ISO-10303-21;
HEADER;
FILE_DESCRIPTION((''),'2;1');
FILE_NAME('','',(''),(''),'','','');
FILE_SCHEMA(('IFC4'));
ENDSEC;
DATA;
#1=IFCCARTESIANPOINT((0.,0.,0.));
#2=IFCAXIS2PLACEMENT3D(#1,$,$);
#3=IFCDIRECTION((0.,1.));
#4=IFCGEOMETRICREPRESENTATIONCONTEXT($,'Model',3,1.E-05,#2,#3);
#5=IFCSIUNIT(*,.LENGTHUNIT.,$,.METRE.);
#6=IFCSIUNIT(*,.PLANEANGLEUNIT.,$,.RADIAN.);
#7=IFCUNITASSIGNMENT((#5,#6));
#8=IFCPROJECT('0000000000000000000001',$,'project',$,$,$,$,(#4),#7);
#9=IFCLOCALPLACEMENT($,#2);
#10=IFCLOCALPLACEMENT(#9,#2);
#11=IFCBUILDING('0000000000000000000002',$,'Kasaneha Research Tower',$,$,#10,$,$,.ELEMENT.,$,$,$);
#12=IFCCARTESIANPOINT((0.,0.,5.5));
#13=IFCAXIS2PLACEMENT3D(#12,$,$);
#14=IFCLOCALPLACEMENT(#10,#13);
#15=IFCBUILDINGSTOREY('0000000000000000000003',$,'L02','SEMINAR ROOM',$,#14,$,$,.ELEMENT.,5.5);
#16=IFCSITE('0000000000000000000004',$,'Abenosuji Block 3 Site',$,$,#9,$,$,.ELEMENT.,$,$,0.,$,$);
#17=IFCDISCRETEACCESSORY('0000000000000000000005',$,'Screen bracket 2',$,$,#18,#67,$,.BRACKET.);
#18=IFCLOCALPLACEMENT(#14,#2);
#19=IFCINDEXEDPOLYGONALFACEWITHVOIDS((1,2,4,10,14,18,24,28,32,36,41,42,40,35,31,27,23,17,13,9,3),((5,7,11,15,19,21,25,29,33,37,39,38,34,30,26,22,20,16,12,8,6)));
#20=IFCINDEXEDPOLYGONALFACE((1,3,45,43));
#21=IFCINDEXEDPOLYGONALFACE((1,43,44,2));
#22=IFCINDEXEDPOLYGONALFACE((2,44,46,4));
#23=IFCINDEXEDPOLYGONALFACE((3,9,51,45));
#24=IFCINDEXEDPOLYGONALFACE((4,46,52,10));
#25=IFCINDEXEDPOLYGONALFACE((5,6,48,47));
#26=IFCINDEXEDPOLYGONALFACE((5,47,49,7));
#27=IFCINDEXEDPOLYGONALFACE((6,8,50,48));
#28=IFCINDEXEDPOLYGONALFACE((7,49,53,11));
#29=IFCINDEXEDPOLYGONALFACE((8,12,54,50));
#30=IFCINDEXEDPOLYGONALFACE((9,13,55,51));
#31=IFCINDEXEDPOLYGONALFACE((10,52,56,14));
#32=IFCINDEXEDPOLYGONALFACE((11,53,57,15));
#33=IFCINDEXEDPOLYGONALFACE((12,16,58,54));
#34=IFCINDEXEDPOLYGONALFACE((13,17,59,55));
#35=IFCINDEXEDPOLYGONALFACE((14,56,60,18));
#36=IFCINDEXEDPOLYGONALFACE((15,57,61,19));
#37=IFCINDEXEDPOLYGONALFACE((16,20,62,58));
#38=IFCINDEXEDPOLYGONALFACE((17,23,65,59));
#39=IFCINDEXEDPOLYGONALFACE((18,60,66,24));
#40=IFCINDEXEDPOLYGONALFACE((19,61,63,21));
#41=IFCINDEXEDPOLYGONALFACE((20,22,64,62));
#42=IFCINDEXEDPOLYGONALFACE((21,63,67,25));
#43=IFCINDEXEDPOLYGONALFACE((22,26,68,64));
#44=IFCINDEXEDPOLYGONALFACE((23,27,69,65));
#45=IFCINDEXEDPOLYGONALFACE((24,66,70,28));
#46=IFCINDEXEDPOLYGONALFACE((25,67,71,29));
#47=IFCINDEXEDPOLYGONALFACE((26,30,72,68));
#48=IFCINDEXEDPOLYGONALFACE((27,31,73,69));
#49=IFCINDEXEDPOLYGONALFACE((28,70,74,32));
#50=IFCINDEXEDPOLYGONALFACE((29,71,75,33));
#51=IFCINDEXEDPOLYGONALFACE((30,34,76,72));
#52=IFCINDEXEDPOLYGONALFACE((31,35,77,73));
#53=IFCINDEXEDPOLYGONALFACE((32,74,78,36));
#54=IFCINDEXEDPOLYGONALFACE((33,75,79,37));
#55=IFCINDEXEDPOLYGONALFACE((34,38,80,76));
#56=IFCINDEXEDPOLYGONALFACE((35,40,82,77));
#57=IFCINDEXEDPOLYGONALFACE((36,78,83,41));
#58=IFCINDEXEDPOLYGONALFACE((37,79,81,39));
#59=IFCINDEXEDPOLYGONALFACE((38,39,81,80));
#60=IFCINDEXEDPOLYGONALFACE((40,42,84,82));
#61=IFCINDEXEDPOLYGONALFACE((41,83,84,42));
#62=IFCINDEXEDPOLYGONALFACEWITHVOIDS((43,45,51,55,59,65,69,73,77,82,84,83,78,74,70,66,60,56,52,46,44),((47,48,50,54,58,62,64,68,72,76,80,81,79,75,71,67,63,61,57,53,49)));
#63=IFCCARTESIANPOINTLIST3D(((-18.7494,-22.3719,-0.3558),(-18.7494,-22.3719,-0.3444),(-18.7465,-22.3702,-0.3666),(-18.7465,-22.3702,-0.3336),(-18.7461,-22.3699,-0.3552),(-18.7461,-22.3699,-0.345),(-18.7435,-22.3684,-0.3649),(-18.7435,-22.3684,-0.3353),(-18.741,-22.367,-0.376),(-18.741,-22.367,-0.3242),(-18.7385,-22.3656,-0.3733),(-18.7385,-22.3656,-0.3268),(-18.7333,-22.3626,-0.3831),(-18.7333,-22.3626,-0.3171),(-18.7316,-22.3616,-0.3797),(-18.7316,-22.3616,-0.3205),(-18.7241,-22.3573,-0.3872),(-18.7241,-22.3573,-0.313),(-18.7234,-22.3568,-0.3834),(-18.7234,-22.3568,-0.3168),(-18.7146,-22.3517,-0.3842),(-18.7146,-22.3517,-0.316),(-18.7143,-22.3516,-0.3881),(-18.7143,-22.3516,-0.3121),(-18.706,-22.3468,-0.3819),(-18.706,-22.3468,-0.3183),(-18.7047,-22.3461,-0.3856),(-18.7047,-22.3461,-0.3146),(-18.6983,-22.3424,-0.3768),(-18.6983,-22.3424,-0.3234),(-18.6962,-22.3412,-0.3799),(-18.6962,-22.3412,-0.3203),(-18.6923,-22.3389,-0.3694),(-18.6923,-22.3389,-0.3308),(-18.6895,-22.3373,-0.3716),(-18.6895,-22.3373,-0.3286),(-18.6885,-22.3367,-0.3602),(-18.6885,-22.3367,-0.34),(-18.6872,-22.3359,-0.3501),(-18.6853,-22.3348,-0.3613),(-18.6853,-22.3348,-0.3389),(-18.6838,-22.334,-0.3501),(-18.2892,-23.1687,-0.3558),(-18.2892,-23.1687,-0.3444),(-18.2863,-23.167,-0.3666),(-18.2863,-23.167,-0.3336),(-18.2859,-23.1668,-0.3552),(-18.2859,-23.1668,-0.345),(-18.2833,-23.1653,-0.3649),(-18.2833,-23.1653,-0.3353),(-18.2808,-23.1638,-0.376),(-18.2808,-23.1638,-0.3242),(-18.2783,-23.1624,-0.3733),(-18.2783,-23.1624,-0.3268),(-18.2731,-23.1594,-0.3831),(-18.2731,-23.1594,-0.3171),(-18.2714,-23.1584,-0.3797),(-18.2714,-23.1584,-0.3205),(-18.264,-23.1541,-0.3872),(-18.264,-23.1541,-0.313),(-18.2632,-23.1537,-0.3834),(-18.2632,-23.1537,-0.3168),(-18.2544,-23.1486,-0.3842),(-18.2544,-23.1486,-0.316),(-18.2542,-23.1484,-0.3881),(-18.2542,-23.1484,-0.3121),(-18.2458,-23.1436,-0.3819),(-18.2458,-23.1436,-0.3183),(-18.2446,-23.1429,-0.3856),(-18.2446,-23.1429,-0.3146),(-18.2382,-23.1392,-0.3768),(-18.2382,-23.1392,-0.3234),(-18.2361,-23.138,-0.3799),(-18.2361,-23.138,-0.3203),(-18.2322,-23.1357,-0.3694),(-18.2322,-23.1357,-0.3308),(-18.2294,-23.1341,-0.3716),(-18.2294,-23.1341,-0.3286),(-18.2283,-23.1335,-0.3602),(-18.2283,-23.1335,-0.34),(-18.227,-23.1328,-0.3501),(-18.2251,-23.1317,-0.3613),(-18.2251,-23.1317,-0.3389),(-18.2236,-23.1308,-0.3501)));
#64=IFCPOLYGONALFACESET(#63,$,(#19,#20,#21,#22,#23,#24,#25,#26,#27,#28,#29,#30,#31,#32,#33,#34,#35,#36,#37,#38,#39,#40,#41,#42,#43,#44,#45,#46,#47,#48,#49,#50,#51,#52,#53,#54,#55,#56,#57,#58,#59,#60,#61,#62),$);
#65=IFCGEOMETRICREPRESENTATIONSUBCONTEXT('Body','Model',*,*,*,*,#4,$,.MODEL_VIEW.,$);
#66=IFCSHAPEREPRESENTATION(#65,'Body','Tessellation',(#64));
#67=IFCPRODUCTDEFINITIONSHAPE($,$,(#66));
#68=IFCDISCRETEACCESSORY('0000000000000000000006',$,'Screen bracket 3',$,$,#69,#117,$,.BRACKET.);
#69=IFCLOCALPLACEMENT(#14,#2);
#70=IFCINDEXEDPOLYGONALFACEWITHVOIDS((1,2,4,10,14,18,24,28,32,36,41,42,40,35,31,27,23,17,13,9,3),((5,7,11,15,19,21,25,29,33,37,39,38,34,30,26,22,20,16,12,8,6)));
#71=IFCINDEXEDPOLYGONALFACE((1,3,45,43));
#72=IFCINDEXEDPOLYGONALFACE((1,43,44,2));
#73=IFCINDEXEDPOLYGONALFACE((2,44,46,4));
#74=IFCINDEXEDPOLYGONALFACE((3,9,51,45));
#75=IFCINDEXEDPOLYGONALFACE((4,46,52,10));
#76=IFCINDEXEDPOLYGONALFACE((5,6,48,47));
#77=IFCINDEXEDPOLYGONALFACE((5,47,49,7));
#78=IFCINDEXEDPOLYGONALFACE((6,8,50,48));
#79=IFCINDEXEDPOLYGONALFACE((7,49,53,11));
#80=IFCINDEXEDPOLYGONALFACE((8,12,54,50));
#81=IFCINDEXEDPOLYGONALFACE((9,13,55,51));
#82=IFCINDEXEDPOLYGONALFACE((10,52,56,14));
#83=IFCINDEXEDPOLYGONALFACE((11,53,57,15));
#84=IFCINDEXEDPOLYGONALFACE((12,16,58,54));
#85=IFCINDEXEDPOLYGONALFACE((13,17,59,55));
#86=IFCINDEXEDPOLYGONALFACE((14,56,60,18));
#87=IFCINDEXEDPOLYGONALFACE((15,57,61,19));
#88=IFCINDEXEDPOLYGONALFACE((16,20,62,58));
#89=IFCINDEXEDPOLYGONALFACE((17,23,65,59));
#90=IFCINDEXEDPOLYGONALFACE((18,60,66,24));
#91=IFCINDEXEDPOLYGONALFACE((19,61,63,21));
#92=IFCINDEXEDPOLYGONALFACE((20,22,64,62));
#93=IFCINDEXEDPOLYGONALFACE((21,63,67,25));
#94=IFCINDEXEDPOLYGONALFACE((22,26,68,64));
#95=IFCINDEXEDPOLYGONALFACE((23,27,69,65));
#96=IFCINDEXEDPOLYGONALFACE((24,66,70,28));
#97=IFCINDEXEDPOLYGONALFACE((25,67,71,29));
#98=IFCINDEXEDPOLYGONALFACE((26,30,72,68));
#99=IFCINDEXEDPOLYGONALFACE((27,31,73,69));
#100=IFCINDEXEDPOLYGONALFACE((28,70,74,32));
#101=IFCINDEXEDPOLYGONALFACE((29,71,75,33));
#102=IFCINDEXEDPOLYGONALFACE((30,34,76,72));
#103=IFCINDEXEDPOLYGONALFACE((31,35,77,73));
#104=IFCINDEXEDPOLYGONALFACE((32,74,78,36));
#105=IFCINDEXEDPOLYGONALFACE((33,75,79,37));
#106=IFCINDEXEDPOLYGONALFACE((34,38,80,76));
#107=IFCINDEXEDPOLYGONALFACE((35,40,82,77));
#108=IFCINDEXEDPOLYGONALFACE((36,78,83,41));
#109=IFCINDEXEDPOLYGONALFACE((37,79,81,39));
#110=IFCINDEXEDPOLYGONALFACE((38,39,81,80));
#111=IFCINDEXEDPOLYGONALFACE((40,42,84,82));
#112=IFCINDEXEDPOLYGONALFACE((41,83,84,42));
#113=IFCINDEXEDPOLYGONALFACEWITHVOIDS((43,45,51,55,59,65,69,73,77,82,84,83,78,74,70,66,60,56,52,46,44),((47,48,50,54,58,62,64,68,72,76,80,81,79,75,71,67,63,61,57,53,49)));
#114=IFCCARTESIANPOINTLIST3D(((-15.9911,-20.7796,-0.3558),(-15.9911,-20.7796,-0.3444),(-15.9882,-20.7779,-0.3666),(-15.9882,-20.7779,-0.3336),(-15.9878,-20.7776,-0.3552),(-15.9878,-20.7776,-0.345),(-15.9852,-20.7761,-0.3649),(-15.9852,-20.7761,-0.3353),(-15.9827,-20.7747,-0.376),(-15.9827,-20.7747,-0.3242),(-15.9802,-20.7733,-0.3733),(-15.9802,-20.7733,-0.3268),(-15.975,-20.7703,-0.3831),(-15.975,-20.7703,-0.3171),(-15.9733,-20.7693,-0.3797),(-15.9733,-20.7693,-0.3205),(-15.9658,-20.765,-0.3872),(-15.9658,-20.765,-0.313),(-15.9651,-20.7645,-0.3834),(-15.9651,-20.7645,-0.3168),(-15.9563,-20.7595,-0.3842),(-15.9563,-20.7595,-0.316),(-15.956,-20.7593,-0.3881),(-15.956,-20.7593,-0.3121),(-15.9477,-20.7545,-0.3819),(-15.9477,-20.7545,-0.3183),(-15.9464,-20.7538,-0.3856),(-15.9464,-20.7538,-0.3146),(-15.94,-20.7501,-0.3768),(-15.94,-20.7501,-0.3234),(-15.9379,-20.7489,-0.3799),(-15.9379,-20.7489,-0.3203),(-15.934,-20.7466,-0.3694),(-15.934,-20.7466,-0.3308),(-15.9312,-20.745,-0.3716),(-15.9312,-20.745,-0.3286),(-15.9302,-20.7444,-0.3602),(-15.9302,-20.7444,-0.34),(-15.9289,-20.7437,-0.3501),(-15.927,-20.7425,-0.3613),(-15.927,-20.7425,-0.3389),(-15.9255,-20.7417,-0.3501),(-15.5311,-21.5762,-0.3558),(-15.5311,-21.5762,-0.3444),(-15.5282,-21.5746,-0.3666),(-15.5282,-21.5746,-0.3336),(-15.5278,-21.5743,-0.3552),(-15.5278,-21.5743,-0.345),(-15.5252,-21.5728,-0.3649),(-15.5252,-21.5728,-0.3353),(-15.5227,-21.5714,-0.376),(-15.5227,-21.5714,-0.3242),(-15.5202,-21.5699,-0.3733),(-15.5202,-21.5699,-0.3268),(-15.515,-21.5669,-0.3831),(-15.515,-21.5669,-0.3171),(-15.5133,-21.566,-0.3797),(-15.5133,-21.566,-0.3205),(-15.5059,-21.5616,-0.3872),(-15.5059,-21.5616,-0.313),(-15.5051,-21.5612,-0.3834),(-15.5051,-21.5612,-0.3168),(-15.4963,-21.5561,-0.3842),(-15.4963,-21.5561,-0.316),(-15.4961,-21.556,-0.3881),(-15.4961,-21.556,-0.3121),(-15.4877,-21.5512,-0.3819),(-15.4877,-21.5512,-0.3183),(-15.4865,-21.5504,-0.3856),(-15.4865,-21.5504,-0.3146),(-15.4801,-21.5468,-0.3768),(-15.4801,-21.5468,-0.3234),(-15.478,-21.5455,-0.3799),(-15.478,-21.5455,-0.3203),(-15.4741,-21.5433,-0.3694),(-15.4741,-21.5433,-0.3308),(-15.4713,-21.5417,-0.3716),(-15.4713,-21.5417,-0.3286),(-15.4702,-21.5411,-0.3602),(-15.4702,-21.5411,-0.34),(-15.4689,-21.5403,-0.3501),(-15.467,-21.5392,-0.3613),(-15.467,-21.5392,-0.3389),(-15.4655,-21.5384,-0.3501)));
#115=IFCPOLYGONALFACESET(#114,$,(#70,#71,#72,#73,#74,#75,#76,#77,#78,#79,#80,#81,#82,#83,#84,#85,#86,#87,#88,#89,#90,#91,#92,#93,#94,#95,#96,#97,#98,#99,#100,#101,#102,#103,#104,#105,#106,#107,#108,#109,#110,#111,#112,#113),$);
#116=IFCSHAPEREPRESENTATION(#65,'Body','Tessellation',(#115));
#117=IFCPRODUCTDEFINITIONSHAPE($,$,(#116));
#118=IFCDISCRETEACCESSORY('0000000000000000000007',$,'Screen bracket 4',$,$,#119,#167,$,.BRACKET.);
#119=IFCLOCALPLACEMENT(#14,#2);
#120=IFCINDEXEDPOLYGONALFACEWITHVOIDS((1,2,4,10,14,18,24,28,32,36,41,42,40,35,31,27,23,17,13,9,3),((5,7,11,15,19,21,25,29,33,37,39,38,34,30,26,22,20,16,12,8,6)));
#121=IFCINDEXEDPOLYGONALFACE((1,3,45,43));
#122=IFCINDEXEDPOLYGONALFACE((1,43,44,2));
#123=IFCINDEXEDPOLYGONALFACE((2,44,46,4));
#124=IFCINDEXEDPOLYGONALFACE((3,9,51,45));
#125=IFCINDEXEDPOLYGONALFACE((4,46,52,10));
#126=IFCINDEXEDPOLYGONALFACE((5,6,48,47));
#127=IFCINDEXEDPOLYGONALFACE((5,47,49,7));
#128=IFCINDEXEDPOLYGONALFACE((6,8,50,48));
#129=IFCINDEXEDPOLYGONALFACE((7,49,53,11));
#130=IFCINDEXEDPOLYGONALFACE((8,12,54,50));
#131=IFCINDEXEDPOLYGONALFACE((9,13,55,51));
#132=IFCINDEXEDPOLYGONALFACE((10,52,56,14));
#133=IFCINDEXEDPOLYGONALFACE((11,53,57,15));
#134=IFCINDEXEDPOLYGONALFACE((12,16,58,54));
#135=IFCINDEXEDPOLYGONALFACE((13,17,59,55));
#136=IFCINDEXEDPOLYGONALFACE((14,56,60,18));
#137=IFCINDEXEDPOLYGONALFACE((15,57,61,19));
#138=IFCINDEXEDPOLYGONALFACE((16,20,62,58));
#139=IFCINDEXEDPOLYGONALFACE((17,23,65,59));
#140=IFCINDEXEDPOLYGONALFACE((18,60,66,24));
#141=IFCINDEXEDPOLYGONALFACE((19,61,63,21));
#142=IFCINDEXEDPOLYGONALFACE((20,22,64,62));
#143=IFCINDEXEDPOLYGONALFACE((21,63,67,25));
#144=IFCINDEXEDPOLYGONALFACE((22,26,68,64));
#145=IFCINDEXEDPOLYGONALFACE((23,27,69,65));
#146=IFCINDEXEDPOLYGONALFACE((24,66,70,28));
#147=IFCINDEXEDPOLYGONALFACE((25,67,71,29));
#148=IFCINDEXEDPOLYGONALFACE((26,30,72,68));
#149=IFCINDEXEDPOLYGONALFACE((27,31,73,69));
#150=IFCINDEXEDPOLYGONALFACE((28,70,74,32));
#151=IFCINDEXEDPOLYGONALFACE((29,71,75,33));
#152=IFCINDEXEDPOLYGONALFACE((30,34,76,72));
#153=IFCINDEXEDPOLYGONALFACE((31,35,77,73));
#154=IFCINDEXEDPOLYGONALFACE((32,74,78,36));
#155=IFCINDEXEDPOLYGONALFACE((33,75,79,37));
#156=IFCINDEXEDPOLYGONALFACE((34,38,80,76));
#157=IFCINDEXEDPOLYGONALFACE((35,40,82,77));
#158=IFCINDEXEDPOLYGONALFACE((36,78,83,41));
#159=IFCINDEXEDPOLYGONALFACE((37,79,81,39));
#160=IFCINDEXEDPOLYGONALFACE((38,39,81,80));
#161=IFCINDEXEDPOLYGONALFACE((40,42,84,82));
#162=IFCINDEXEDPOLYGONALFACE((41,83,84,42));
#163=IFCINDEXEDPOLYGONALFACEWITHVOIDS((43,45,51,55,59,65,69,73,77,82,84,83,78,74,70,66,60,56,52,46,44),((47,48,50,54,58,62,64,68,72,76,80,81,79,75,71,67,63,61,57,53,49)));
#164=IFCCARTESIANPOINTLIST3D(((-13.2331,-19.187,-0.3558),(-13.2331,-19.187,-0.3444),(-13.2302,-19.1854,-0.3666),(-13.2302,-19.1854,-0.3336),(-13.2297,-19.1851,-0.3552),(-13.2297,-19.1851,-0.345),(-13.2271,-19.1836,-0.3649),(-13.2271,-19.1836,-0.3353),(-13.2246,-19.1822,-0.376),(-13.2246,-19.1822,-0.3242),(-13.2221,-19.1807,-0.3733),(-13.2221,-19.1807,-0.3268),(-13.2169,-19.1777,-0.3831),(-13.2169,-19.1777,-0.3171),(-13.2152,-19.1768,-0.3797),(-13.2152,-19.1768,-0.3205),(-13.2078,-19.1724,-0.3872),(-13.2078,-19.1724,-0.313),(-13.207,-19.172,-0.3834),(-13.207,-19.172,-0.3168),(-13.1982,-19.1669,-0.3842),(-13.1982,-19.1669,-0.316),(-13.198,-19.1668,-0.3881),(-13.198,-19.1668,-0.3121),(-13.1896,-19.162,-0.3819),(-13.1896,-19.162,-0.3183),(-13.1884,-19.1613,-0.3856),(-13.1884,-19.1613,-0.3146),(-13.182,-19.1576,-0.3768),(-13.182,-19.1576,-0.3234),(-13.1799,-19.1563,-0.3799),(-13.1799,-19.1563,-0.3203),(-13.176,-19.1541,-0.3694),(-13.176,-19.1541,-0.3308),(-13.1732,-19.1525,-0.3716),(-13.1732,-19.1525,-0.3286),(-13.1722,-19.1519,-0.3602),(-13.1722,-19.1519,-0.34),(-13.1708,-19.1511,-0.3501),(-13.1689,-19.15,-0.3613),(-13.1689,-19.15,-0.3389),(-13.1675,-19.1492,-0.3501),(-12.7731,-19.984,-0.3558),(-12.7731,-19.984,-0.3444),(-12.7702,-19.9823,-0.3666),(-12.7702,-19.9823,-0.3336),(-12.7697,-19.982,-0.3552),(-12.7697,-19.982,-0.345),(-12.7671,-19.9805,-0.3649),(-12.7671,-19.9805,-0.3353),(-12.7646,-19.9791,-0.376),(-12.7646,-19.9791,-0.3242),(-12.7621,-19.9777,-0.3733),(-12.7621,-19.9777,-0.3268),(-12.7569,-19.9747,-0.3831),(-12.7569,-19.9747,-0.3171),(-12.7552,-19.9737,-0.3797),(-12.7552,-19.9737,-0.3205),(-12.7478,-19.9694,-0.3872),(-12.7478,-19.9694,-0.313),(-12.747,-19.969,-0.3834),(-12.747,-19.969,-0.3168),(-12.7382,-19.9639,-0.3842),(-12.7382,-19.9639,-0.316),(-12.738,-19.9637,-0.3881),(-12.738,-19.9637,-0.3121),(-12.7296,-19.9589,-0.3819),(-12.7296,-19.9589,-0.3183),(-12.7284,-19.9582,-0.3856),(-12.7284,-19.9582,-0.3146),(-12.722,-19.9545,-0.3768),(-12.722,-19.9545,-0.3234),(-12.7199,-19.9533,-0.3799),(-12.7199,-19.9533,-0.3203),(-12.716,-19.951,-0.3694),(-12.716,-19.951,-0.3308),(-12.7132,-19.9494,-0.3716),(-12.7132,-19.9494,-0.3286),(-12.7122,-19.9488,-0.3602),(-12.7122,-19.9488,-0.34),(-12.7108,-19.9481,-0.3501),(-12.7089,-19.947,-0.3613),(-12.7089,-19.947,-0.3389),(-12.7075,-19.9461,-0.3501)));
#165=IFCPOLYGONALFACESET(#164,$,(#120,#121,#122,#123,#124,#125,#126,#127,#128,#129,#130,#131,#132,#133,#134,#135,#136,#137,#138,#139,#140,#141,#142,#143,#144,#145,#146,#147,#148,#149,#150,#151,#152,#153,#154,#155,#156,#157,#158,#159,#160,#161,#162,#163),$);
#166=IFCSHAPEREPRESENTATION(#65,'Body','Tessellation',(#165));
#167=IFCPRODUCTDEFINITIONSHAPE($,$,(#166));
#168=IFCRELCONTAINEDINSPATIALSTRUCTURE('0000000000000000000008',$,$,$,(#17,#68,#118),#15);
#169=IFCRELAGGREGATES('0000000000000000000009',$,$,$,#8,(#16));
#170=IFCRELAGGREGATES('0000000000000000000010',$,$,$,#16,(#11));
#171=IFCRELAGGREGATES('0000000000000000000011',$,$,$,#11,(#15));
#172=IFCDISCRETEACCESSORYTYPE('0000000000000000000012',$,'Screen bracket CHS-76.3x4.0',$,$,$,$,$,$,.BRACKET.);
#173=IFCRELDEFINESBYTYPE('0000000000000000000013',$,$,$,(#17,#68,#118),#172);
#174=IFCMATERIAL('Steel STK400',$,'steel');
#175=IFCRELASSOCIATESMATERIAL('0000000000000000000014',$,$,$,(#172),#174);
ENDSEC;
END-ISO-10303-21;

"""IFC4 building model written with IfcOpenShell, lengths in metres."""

from ifc_helpers import new_model, si_unit, direction, frame, origin, origin_2d, place, context, subcontext, project, spatial, hollow_circle, extrude, material, material_profile, profile_set, type_object, element, save


model = new_model("IFC4")

# Units and contexts
model_context = context("Model", 3, precision=1e-05, world=origin(), true_north=direction((0.0, 1.0)))
body_context = subcontext(model_context, "Body", "Model", "MODEL_VIEW")
ifc_project = project(units=[si_unit("LENGTHUNIT", "METRE"), si_unit("PLANEANGLEUNIT", "RADIAN")], contexts=[model_context])

# Site, building, storey
site_placement = place(None, origin())
site = spatial("IfcSite", under=ifc_project, at=site_placement, Name="Abenosuji Block 3 Site", CompositionType="ELEMENT", RefElevation=0.0)
building_placement = place(site_placement, origin())
building = spatial("IfcBuilding", under=site, at=building_placement, Name="Kasaneha Research Tower", CompositionType="ELEMENT")
storey_placement = place(building_placement, frame((0.0, 0.0, 5.5)))
storey = spatial("IfcBuildingStorey", under=building, at=storey_placement, Name="L02", Description="SEMINAR ROOM", CompositionType="ELEMENT", Elevation=5.5)

# Discrete accessories
ifc_material_1 = material(Name="Steel STK400", Category="steel")
ifc_material_profile_1 = material_profile(ifc_material_1, hollow_circle(Radius=0.0381, WallThickness=0.0039, at=origin_2d()), Name="CHS-76.3x4.0")
ifc_profile_set_1 = profile_set([ifc_material_profile_1], Name="Steel STK400")
discrete_accessory_type = type_object("IfcDiscreteAccessoryType", Name="Screen bracket CHS-76.3x4.0", PredefinedType="BRACKET", material=ifc_profile_set_1)
discrete_accessory_1_placement = place(storey_placement, frame((-18.7168, -22.353, -0.3501), z_axis=(0.500105, -0.865965, 0.0), x_axis=(0.865965, 0.500105, 0.0)))
element("IfcDiscreteAccessory", 1, at=discrete_accessory_1_placement, inside=storey, type_object=discrete_accessory_type, Name="Screen bracket 2", PredefinedType="BRACKET", context=body_context, shape_type="SweptSolid", body=[
    extrude(hollow_circle(Radius=0.0381, WallThickness=0.0039, at=origin_2d()), origin(), (0.0, 0.0, 1.0), 0.9202),
])
discrete_accessory_2_placement = place(storey_placement, frame((-15.9585, -20.7607, -0.3501), z_axis=(0.500021, -0.866013, 0.0), x_axis=(0.866013, 0.500021, 0.0)))
element("IfcDiscreteAccessory", 2, at=discrete_accessory_2_placement, inside=storey, type_object=discrete_accessory_type, Name="Screen bracket 3", PredefinedType="BRACKET", context=body_context, shape_type="SweptSolid", body=[
    extrude(hollow_circle(Radius=0.0381, WallThickness=0.0039, at=origin_2d()), origin(), (0.0, 0.0, 1.0), 0.9199),
])
discrete_accessory_3_placement = place(storey_placement, frame((-13.2004, -19.1682, -0.3501), z_axis=(0.499906, -0.86608, 0.0), x_axis=(0.86608, 0.499906, 0.0)))
element("IfcDiscreteAccessory", 3, at=discrete_accessory_3_placement, inside=storey, type_object=discrete_accessory_type, Name="Screen bracket 4", PredefinedType="BRACKET", context=body_context, shape_type="SweptSolid", body=[
    extrude(hollow_circle(Radius=0.0381, WallThickness=0.0039, at=origin_2d()), origin(), (0.0, 0.0, 1.0), 0.9202),
])

save(model, "model.ifc")
